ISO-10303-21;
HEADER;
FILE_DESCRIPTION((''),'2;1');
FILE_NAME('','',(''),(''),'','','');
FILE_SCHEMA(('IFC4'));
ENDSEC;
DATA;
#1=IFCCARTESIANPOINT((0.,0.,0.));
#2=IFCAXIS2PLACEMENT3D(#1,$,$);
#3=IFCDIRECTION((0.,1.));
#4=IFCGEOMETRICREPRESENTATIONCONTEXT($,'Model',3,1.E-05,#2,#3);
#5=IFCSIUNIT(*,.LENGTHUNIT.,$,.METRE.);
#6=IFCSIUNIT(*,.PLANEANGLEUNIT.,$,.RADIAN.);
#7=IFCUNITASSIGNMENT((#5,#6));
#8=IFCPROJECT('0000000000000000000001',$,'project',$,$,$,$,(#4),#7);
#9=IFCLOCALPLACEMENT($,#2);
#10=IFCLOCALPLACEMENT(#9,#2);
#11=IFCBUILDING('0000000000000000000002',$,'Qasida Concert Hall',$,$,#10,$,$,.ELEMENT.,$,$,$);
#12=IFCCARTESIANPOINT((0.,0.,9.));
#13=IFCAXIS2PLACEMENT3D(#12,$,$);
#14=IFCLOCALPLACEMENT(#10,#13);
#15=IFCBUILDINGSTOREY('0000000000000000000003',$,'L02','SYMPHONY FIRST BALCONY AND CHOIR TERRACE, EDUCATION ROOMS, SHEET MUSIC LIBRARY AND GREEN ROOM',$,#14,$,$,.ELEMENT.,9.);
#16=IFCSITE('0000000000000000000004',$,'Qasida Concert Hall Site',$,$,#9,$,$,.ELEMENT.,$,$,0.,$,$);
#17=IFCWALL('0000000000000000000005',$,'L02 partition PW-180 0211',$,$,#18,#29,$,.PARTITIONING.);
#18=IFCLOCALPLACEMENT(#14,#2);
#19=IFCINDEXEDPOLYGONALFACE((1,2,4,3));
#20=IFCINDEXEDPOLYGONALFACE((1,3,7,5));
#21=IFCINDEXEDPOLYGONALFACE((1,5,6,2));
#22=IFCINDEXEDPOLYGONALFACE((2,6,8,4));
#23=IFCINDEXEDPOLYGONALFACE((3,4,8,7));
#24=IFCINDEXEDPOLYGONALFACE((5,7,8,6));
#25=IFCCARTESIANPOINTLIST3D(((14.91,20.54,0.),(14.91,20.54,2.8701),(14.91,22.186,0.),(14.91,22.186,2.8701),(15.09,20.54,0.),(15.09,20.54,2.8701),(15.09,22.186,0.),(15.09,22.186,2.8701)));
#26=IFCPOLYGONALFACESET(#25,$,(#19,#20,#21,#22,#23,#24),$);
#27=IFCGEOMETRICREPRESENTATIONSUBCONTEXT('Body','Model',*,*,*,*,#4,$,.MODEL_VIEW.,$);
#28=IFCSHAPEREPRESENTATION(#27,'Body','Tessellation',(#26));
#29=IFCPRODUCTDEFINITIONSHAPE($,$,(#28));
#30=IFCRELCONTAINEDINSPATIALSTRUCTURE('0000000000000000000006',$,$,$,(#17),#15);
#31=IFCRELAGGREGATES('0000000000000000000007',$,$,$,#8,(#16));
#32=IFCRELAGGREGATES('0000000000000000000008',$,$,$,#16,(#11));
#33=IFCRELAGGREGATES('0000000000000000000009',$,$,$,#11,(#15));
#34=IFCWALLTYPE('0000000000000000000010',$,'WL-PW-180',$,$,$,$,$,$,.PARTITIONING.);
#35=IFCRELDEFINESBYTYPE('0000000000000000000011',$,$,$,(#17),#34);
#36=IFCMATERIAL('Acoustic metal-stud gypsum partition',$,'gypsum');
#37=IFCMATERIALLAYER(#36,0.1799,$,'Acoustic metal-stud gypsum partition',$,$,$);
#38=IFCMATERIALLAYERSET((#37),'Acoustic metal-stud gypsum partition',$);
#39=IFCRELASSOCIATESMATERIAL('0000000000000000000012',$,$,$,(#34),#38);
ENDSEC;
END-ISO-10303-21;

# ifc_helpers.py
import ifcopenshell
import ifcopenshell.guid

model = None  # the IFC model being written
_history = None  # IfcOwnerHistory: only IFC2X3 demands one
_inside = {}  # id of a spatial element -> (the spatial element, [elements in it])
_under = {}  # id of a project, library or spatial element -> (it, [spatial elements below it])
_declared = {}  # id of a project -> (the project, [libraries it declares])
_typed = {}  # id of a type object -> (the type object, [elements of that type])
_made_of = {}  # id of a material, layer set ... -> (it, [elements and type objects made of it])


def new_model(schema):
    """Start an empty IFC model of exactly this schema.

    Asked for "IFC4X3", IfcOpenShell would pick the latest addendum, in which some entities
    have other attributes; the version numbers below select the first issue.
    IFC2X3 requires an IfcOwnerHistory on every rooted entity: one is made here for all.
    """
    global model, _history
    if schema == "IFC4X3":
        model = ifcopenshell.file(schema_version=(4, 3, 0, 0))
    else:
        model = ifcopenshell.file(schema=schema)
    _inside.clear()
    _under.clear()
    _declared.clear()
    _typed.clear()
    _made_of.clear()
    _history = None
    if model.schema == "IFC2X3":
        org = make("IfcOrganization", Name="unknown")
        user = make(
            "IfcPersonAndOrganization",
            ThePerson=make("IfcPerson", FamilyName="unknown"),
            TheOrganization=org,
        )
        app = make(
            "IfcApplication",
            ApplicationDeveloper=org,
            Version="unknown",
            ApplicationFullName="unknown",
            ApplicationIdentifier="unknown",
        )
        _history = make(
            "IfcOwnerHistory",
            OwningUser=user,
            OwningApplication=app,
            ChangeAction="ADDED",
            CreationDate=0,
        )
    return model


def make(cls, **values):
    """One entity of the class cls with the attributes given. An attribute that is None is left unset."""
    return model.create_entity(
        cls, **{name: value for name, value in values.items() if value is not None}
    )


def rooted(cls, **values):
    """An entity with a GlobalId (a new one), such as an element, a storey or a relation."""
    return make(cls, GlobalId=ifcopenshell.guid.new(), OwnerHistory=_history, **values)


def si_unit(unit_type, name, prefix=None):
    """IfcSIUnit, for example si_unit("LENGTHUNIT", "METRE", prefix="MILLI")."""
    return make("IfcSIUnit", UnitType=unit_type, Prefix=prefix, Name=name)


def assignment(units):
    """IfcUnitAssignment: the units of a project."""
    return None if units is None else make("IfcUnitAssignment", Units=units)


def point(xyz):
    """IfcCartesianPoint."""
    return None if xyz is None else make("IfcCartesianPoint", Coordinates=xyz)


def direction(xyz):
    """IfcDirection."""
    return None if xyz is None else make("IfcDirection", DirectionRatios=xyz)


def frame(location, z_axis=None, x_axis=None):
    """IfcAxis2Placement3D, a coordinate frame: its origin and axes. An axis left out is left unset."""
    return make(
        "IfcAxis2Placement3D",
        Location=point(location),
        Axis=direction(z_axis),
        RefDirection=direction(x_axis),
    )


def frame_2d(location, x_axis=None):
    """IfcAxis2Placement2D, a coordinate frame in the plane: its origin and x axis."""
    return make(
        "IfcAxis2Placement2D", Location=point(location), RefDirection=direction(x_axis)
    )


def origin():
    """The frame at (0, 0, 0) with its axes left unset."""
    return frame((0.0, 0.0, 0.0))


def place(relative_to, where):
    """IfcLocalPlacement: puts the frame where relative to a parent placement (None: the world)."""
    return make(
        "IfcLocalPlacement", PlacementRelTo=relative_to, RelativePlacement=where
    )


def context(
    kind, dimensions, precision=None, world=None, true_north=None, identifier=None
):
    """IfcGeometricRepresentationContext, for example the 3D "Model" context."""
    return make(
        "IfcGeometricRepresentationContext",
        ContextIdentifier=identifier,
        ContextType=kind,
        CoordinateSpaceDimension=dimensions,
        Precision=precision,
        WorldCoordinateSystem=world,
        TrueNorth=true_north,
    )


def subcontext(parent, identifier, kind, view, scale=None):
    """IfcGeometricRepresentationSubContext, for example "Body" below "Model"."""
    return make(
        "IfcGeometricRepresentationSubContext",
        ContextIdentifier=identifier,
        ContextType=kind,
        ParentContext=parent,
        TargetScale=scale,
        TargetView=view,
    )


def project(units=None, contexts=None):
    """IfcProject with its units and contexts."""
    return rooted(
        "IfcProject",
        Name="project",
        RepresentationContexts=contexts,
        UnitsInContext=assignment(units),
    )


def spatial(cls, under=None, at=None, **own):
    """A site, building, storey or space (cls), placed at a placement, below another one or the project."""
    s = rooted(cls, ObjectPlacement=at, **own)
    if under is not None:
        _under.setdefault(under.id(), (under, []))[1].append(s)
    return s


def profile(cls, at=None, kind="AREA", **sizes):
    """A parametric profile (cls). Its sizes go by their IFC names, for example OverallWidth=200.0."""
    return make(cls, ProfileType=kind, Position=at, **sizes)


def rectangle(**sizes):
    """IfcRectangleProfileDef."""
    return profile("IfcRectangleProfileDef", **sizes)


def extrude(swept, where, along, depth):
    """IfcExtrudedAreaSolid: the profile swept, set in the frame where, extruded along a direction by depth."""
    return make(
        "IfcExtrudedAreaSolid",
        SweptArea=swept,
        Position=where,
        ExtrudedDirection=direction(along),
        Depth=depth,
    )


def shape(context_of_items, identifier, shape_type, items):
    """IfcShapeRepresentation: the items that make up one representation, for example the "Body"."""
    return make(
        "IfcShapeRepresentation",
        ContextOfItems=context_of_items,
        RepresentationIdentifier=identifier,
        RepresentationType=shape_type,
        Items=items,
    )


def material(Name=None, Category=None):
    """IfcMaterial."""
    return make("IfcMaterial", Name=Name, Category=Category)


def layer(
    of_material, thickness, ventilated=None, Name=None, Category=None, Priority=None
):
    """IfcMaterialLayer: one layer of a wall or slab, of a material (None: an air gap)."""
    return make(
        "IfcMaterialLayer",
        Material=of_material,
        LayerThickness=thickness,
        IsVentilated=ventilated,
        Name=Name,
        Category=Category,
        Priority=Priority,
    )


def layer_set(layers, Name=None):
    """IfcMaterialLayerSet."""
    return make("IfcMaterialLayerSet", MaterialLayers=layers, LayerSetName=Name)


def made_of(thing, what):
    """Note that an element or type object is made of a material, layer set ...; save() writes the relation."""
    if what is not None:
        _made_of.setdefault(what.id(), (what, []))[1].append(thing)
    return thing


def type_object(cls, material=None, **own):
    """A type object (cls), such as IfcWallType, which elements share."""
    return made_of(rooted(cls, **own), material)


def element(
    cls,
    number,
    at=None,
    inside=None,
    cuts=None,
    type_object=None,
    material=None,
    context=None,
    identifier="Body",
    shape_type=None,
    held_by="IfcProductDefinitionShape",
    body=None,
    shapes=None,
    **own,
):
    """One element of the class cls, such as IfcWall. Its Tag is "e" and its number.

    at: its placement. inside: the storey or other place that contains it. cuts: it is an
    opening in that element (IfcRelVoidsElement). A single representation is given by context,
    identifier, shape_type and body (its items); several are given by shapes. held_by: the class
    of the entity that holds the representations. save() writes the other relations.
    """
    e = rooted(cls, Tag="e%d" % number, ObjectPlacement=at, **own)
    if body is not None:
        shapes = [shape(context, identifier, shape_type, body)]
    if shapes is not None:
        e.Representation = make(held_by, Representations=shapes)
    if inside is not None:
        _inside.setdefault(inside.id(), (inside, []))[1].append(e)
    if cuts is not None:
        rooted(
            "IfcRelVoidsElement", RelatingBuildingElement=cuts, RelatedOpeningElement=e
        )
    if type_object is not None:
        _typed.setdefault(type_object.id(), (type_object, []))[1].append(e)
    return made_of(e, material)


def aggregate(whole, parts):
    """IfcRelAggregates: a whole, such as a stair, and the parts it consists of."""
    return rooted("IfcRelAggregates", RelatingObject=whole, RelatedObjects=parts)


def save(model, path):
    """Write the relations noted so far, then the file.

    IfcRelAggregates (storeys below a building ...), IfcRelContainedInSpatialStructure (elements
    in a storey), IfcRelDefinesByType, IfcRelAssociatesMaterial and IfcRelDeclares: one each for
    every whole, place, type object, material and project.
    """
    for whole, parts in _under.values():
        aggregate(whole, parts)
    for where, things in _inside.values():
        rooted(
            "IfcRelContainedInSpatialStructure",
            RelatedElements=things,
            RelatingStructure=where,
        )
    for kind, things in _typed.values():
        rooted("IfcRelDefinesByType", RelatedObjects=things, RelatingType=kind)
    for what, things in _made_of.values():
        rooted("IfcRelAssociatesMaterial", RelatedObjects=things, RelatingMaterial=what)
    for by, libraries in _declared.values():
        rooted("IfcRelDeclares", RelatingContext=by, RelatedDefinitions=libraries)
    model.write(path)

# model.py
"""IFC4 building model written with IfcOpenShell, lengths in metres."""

from ifc_helpers import new_model, si_unit, direction, frame, frame_2d, origin, place, context, subcontext, project, spatial, rectangle, extrude, material, layer, layer_set, type_object, element, save


model = new_model("IFC4")

# Units and contexts
model_context = context("Model", 3, precision=1e-05, world=origin(), true_north=direction((0.0, 1.0)))
body_context = subcontext(model_context, "Body", "Model", "MODEL_VIEW")
ifc_project = project(units=[si_unit("LENGTHUNIT", "METRE"), si_unit("PLANEANGLEUNIT", "RADIAN")], contexts=[model_context])

# Site, building, storey
site_placement = place(None, origin())
site = spatial("IfcSite", under=ifc_project, at=site_placement, Name="Qasida Concert Hall Site", CompositionType="ELEMENT", RefElevation=0.0)
building_placement = place(site_placement, origin())
building = spatial("IfcBuilding", under=site, at=building_placement, Name="Qasida Concert Hall", CompositionType="ELEMENT")
storey_placement = place(building_placement, frame((0.0, 0.0, 9.0)))
storey = spatial("IfcBuildingStorey", under=building, at=storey_placement, Name="L02", Description="SYMPHONY FIRST BALCONY AND CHOIR TERRACE, EDUCATION ROOMS, SHEET MUSIC LIBRARY AND GREEN ROOM", CompositionType="ELEMENT", Elevation=9.0)

# Shared definitions
ifc_material_1 = material(Name="Acoustic metal-stud gypsum partition", Category="gypsum")
ifc_layer_1 = layer(ifc_material_1, 0.1799, Name="Acoustic metal-stud gypsum partition")
ifc_layer_set_1 = layer_set([ifc_layer_1], Name="Acoustic metal-stud gypsum partition")
wall_type_1 = type_object("IfcWallType", Name="WL-PW-180", PredefinedType="PARTITIONING", material=ifc_layer_set_1)

# Wall
wall_1_placement = place(storey_placement, frame((15.0, 20.54, 0.0), z_axis=(0.0, 0.0, 1.0), x_axis=(0.0, 1.0, 0.0)))
element("IfcWall", 1, at=wall_1_placement, inside=storey, type_object=wall_type_1, Name="L02 partition PW-180 0211", PredefinedType="PARTITIONING", context=body_context, shape_type="SweptSolid", body=[
    extrude(rectangle(XDim=1.646, YDim=0.1799, at=frame_2d((0.823, 0.0))), origin(), (0.0, 0.0, 1.0), 2.8701),
])

save(model, "model.ifc")
